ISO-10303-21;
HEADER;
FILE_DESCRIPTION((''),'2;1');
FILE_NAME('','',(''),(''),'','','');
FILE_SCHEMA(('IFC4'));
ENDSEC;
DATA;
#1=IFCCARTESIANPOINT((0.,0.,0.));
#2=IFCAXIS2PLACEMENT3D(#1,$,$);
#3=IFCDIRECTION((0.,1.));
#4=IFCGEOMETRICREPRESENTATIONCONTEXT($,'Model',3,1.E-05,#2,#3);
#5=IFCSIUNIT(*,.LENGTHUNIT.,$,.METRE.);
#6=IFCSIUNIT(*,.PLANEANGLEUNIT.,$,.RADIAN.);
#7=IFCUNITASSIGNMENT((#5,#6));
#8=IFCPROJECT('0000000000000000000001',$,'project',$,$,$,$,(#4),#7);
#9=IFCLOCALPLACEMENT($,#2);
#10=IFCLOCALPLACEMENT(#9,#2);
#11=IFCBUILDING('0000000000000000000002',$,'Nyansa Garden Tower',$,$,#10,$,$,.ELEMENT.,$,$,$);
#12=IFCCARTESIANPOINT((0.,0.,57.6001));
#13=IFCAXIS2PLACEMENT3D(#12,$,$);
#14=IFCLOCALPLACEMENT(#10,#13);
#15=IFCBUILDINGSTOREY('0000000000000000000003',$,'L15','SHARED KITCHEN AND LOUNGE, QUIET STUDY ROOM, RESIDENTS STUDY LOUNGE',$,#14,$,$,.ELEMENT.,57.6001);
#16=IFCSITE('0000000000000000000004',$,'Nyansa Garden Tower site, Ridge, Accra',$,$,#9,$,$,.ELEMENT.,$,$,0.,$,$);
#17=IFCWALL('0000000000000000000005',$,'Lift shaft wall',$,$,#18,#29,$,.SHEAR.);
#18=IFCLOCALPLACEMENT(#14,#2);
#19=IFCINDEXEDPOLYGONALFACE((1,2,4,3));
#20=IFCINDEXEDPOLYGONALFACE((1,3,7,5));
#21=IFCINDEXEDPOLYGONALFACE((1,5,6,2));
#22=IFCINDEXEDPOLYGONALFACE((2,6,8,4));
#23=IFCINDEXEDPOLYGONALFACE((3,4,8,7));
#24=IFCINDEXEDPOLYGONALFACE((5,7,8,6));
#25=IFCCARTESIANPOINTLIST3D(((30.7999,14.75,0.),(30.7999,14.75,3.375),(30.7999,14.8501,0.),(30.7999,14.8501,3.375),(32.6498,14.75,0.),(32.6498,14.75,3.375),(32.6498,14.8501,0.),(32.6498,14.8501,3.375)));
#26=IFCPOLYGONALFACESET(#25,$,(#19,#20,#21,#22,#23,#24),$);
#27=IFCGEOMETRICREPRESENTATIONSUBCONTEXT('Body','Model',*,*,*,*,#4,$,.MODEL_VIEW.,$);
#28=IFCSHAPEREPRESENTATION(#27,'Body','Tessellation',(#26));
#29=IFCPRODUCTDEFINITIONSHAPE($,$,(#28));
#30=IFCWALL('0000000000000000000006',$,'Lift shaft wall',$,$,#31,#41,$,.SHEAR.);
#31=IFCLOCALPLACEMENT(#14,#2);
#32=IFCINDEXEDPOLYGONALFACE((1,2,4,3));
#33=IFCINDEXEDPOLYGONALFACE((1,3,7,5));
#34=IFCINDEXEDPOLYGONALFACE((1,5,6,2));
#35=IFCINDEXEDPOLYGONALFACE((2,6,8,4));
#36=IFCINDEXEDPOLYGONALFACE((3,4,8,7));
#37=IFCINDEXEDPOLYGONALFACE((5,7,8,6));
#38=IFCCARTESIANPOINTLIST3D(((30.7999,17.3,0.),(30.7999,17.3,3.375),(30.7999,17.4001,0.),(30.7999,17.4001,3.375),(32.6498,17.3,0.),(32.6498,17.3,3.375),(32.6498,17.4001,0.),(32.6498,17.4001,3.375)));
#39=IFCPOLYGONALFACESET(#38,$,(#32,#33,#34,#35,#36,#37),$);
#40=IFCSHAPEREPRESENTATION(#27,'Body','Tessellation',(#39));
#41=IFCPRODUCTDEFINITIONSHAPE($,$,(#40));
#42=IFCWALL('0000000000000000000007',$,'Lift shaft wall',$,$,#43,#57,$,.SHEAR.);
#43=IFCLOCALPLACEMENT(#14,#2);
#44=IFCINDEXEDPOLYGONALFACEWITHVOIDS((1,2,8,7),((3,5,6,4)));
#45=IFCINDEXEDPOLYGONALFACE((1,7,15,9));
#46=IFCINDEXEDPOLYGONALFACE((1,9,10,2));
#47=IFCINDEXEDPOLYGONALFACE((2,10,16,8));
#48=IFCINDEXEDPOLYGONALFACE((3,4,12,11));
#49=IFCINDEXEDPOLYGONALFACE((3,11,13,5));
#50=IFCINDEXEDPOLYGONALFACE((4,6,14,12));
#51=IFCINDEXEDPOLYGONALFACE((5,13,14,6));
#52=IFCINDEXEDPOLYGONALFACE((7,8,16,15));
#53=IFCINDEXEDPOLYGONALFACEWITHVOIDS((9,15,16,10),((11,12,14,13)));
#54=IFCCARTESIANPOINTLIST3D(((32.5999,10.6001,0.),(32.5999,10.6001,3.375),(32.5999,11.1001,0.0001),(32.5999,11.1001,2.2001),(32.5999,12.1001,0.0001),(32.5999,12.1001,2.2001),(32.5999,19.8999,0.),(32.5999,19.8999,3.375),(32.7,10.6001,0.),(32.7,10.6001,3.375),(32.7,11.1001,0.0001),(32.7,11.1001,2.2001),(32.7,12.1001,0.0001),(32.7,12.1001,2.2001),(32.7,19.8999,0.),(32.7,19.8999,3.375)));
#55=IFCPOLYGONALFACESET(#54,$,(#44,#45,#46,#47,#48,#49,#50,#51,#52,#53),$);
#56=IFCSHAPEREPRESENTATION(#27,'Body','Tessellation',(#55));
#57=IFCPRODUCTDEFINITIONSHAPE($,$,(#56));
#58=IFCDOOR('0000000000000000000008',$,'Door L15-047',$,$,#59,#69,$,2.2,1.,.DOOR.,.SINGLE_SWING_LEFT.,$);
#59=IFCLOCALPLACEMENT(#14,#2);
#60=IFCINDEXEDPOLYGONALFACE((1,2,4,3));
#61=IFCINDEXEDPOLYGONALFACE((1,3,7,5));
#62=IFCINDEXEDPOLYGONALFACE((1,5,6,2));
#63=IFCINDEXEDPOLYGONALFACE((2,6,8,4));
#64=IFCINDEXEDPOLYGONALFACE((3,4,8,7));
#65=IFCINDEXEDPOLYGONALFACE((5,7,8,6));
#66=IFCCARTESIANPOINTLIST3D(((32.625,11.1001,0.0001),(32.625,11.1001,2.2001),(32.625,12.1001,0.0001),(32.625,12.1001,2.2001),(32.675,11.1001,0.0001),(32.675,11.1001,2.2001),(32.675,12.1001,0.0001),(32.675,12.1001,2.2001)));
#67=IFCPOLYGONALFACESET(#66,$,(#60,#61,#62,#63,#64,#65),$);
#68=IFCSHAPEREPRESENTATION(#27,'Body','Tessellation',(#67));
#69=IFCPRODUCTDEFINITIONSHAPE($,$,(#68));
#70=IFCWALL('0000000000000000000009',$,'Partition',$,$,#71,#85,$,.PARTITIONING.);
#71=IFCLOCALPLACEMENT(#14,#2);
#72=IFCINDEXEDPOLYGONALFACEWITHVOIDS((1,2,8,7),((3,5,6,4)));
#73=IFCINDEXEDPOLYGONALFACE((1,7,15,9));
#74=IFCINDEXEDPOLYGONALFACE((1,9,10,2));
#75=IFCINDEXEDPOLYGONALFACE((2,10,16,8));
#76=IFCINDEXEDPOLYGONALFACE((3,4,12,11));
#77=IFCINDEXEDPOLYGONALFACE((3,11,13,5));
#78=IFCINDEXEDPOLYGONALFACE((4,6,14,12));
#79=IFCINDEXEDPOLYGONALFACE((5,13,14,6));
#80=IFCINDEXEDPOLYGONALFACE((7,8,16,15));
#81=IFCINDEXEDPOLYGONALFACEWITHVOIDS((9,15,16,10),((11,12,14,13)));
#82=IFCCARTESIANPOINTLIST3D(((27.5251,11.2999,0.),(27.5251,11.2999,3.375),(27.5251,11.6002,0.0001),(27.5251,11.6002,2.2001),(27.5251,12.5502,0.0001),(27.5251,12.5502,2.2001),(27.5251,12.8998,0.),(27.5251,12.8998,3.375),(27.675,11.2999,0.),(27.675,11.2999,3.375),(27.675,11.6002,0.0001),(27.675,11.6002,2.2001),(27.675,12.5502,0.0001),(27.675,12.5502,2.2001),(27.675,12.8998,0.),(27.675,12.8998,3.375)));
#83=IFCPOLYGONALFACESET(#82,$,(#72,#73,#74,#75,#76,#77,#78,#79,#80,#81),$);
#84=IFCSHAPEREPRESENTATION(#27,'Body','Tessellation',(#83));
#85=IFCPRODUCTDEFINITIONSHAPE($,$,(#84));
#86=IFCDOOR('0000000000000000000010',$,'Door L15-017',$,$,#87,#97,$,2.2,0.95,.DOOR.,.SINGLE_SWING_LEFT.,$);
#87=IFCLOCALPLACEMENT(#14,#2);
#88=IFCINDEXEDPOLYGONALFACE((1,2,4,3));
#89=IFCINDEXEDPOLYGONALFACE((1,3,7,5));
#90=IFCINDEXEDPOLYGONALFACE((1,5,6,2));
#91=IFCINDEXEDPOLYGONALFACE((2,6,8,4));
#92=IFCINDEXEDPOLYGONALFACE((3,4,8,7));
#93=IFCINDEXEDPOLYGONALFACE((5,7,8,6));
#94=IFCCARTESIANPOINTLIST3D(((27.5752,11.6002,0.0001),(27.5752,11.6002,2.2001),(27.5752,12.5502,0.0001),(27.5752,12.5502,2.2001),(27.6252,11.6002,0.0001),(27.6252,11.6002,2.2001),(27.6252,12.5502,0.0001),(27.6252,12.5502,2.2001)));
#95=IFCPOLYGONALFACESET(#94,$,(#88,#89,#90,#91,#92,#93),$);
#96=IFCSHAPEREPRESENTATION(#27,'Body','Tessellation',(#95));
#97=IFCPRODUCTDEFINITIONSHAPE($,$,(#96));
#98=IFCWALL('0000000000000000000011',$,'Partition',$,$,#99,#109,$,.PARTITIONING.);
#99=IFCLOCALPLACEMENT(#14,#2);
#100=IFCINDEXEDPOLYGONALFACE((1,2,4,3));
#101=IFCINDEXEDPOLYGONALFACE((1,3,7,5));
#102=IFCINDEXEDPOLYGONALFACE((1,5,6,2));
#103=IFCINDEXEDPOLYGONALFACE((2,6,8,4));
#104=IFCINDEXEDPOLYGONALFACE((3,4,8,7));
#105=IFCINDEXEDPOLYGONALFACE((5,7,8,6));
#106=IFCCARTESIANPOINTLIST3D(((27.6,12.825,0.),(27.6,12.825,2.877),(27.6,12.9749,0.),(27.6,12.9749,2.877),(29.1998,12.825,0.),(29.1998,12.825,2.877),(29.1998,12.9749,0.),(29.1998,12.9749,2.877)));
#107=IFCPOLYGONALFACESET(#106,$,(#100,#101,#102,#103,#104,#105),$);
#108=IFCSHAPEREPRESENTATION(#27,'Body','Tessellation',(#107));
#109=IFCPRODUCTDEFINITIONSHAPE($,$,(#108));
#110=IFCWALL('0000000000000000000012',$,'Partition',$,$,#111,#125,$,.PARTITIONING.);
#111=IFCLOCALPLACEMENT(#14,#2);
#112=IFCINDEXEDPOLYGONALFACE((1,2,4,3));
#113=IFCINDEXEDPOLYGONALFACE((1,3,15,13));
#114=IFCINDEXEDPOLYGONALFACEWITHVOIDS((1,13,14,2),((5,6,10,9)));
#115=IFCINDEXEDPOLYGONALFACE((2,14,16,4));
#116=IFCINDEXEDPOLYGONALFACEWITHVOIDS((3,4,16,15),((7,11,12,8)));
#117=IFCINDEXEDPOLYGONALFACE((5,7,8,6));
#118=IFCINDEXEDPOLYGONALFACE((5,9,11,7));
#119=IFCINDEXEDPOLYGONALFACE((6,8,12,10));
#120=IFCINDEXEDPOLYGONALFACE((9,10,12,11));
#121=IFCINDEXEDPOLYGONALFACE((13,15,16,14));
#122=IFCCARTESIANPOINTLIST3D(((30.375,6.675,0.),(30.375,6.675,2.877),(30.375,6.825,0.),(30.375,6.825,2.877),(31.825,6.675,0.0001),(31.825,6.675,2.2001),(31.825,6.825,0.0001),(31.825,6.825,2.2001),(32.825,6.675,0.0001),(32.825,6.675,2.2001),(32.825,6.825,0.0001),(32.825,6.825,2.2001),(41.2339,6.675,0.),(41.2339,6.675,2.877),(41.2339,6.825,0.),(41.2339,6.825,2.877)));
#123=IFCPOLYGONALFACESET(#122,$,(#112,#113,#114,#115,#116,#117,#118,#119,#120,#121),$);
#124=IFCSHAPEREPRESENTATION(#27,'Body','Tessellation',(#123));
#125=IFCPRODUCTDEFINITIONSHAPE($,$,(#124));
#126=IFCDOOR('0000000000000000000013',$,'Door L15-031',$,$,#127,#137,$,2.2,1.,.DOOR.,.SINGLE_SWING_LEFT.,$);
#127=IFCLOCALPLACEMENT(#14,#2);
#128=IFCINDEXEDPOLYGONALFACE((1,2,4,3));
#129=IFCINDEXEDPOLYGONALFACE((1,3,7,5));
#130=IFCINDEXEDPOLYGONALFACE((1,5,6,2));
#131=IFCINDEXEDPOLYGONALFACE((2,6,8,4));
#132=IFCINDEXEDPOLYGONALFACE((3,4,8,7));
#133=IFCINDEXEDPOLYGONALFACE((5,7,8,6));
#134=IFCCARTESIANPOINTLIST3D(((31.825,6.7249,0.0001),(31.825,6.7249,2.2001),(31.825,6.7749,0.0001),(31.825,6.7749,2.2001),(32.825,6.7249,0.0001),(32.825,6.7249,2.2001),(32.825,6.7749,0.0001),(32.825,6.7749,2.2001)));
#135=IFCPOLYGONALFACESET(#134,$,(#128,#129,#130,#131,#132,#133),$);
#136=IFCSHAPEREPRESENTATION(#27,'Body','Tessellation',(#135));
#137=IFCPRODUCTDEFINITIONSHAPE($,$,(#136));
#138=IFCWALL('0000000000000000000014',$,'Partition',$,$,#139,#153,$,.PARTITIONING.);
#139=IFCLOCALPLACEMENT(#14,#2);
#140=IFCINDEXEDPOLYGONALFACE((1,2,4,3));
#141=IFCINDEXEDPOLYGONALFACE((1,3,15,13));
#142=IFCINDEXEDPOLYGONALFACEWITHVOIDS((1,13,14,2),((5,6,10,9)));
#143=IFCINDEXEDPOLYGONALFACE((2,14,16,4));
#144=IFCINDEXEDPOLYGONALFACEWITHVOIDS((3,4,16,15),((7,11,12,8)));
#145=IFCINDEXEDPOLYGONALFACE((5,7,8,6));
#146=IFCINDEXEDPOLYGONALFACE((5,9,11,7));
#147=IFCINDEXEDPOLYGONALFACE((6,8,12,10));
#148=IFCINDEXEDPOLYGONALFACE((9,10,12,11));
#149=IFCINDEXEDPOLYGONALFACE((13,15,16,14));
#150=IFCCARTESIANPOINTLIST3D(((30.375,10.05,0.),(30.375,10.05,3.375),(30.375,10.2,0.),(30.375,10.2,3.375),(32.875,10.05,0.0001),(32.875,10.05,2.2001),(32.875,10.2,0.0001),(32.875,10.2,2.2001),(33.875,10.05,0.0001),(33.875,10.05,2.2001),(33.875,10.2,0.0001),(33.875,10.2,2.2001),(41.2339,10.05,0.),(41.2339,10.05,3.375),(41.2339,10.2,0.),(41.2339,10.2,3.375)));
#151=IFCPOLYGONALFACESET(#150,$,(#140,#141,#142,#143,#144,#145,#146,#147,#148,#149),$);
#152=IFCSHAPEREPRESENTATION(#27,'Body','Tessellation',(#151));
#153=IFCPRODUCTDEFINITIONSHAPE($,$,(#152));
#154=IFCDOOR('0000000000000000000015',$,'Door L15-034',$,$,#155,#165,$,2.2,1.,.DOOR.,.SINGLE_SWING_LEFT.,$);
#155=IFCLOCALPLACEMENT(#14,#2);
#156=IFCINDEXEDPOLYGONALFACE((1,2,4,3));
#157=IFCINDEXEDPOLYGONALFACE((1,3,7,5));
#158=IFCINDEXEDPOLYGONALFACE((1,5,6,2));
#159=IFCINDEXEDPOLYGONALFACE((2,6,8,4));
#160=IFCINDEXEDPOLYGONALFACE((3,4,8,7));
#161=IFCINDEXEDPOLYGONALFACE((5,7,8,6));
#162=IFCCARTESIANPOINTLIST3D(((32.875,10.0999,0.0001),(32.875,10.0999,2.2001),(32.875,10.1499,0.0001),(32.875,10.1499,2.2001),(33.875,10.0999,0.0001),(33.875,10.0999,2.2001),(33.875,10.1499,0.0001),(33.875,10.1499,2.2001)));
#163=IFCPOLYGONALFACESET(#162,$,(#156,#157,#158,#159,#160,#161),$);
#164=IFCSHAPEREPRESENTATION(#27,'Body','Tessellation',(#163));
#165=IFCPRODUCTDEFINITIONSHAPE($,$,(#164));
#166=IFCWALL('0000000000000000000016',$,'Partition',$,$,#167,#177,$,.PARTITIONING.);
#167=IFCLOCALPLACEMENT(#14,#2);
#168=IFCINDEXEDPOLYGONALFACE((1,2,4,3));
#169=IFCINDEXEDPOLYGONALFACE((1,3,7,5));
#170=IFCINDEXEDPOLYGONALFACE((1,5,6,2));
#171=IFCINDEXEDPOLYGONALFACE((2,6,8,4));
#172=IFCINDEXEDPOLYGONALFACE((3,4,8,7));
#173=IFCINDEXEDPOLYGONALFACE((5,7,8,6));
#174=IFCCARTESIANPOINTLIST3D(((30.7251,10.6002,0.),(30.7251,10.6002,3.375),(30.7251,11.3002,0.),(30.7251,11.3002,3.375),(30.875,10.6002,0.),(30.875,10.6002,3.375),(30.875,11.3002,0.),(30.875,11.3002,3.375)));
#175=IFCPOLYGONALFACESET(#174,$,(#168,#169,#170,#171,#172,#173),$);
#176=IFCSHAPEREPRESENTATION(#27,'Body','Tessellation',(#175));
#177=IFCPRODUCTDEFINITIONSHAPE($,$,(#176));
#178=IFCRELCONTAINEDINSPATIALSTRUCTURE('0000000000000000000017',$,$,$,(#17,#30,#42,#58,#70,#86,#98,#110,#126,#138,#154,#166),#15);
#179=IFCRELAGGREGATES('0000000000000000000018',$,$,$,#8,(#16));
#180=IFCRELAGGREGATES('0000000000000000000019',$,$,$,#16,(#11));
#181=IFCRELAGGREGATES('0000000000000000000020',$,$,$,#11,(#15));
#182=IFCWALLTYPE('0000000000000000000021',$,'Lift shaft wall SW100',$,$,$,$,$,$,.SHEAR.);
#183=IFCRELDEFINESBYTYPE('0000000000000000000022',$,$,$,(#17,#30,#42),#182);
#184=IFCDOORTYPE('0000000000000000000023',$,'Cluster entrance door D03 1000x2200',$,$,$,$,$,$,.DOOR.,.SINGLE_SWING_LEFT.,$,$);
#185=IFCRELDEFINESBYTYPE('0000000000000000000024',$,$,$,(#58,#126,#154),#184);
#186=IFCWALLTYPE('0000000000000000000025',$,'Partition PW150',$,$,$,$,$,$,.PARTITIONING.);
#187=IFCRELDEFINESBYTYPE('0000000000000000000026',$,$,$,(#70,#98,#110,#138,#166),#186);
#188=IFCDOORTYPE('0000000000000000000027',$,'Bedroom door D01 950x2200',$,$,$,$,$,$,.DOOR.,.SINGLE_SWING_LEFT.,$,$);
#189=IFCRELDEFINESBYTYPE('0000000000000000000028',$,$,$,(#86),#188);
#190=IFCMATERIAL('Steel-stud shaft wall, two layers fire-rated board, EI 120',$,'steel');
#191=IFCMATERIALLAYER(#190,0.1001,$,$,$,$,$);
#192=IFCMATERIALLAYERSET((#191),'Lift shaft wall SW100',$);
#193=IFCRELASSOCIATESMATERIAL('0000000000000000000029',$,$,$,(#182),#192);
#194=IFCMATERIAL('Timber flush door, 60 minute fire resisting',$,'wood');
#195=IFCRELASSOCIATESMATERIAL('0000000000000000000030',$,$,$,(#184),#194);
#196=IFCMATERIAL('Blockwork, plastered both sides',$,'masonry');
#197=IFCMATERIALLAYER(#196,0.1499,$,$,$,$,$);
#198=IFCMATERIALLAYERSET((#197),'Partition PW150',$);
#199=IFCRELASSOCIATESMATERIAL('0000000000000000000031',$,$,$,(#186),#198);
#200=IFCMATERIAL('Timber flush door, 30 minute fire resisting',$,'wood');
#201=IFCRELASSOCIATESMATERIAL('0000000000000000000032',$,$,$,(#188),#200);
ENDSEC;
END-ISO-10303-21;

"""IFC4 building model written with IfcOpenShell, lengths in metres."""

from ifc_helpers import new_model, si_unit, direction, frame, frame_2d, origin, place, context, subcontext, project, spatial, rectangle, extrude, material, layer, layer_set, type_object, element, fill, save


model = new_model("IFC4")

# Units and contexts
model_context = context("Model", 3, precision=1e-05, world=origin(), true_north=direction((0.0, 1.0)))
body_context = subcontext(model_context, "Body", "Model", "MODEL_VIEW")
ifc_project = project(units=[si_unit("LENGTHUNIT", "METRE"), si_unit("PLANEANGLEUNIT", "RADIAN")], contexts=[model_context])

# Site, building, storey
site_placement = place(None, origin())
site = spatial("IfcSite", under=ifc_project, at=site_placement, Name="Nyansa Garden Tower site, Ridge, Accra", CompositionType="ELEMENT", RefElevation=0.0)
building_placement = place(site_placement, origin())
building = spatial("IfcBuilding", under=site, at=building_placement, Name="Nyansa Garden Tower", CompositionType="ELEMENT")
storey_placement = place(building_placement, frame((0.0, 0.0, 57.6001)))
storey = spatial("IfcBuildingStorey", under=building, at=storey_placement, Name="L15", Description="SHARED KITCHEN AND LOUNGE, QUIET STUDY ROOM, RESIDENTS STUDY LOUNGE", CompositionType="ELEMENT", Elevation=57.6001)

# Walls
ifc_material_1 = material(Name="Steel-stud shaft wall, two layers fire-rated board, EI 120", Category="steel")
ifc_layer_1 = layer(ifc_material_1, 0.1001)
ifc_layer_set_1 = layer_set([ifc_layer_1], Name="Lift shaft wall SW100")
wall_type_1 = type_object("IfcWallType", Name="Lift shaft wall SW100", PredefinedType="SHEAR", material=ifc_layer_set_1)
for number, where, z_axis, x_axis, name in (
    (1, (30.8, 14.8, 0.0), (0.0, 0.0, 1.0), (1.0, 0.0, 0.0), "Lift shaft wall"),
    (2, (30.8, 17.3501, 0.0), (0.0, 0.0, 1.0), (1.0, 0.0, 0.0), "Lift shaft wall"),
):
    element("IfcWall", number, at=place(storey_placement, frame(where, z_axis=z_axis, x_axis=x_axis)), inside=storey, type_object=wall_type_1, Name=name, PredefinedType="SHEAR", context=body_context, shape_type="SweptSolid", body=[
        extrude(rectangle(XDim=1.8499, YDim=0.1001, at=frame_2d((0.9248, 0.0))), origin(), (0.0, 0.0, 1.0), 3.375),
    ])

# Walls, openings, doors
wall_1_placement = place(storey_placement, frame((32.6499, 10.6001, 0.0), z_axis=(0.0, 0.0, 1.0), x_axis=(0.0, 1.0, 0.0)))
wall_1 = element("IfcWall", 3, at=wall_1_placement, inside=storey, type_object=wall_type_1, Name="Lift shaft wall", PredefinedType="SHEAR", context=body_context, shape_type="SweptSolid", body=[
    extrude(rectangle(XDim=9.2998, YDim=0.1001, at=frame_2d((4.6499, 0.0))), origin(), (0.0, 0.0, 1.0), 3.375),
])
opening_1_placement = place(wall_1_placement, frame((0.5, 0.0, 0.0)))
opening_1 = element("IfcOpeningElement", 4, at=opening_1_placement, cuts=wall_1, PredefinedType="OPENING", context=body_context, shape_type="SweptSolid", body=[
    extrude(rectangle(XDim=1.0, YDim=2.2, at=frame_2d((0.5, 1.1001))), frame((0.0, 0.0601, 0.0), z_axis=(0.0, -1.0, 0.0), x_axis=(1.0, 0.0, 0.0)), (0.0, 0.0, 1.0), 0.1201),
])
ifc_material_2 = material(Name="Timber flush door, 60 minute fire resisting", Category="wood")
door_type_1 = type_object("IfcDoorType", Name="Cluster entrance door D03 1000x2200", OperationType="SINGLE_SWING_LEFT", PredefinedType="DOOR", material=ifc_material_2)
door_1_placement = place(opening_1_placement, origin())
door_1 = element("IfcDoor", 5, at=door_1_placement, inside=storey, type_object=door_type_1, Name="Door L15-047", OperationType="SINGLE_SWING_LEFT", OverallHeight=2.2, OverallWidth=1.0, PredefinedType="DOOR", context=body_context, shape_type="SweptSolid", body=[
    extrude(rectangle(XDim=1.0, YDim=2.2, at=frame_2d((0.5, 1.1001))), frame((0.0, 0.0249, 0.0), z_axis=(0.0, -1.0, 0.0), x_axis=(1.0, 0.0, 0.0)), (0.0, 0.0, 1.0), 0.05),
])
fill(opening_1, door_1)
ifc_material_3 = material(Name="Blockwork, plastered both sides", Category="masonry")
ifc_layer_2 = layer(ifc_material_3, 0.1499)
ifc_layer_set_2 = layer_set([ifc_layer_2], Name="Partition PW150")
wall_type_2 = type_object("IfcWallType", Name="Partition PW150", PredefinedType="PARTITIONING", material=ifc_layer_set_2)
wall_2_placement = place(storey_placement, frame((27.6001, 11.3, 0.0), z_axis=(0.0, 0.0, 1.0), x_axis=(0.0, 1.0, 0.0)))
wall_2 = element("IfcWall", 6, at=wall_2_placement, inside=storey, type_object=wall_type_2, Name="Partition", PredefinedType="PARTITIONING", context=body_context, shape_type="SweptSolid", body=[
    extrude(rectangle(XDim=1.5999, YDim=0.1499, at=frame_2d((0.7998, 0.0))), origin(), (0.0, 0.0, 1.0), 3.375),
])
opening_2_placement = place(wall_2_placement, frame((0.3, 0.0, 0.0)))
opening_2 = element("IfcOpeningElement", 7, at=opening_2_placement, cuts=wall_2, PredefinedType="OPENING", context=body_context, shape_type="SweptSolid", body=[
    extrude(rectangle(XDim=0.95, YDim=2.2, at=frame_2d((0.4751, 1.1001))), frame((0.0, 0.085, 0.0), z_axis=(0.0, -1.0, 0.0), x_axis=(1.0, 0.0, 0.0)), (0.0, 0.0, 1.0), 0.1699),
])
ifc_material_4 = material(Name="Timber flush door, 30 minute fire resisting", Category="wood")
door_type_2 = type_object("IfcDoorType", Name="Bedroom door D01 950x2200", OperationType="SINGLE_SWING_LEFT", PredefinedType="DOOR", material=ifc_material_4)
door_2_placement = place(opening_2_placement, origin())
door_2 = element("IfcDoor", 8, at=door_2_placement, inside=storey, type_object=door_type_2, Name="Door L15-017", OperationType="SINGLE_SWING_LEFT", OverallHeight=2.2, OverallWidth=0.95, PredefinedType="DOOR", context=body_context, shape_type="SweptSolid", body=[
    extrude(rectangle(XDim=0.95, YDim=2.2, at=frame_2d((0.4751, 1.1001))), frame((0.0, 0.0249, 0.0), z_axis=(0.0, -1.0, 0.0), x_axis=(1.0, 0.0, 0.0)), (0.0, 0.0, 1.0), 0.05),
])
fill(opening_2, door_2)

# Wall
wall_3_placement = place(storey_placement, frame((27.6001, 12.8999, 0.0), z_axis=(0.0, 0.0, 1.0), x_axis=(1.0, 0.0, 0.0)))
element("IfcWall", 9, at=wall_3_placement, inside=storey, type_object=wall_type_2, Name="Partition", PredefinedType="PARTITIONING", context=body_context, shape_type="SweptSolid", body=[
    extrude(rectangle(XDim=1.5999, YDim=0.1499, at=frame_2d((0.7998, 0.0))), origin(), (0.0, 0.0, 1.0), 2.877),
])

# Walls, openings, doors
wall_4_placement = place(storey_placement, frame((30.375, 6.75, 0.0), z_axis=(0.0, 0.0, 1.0), x_axis=(1.0, 0.0, 0.0)))
wall_4 = element("IfcWall", 10, at=wall_4_placement, inside=storey, type_object=wall_type_2, Name="Partition", PredefinedType="PARTITIONING", context=body_context, shape_type="SweptSolid", body=[
    extrude(rectangle(XDim=10.8589, YDim=0.1499, at=frame_2d((5.4294, 0.0))), origin(), (0.0, 0.0, 1.0), 2.877),
])
opening_3_placement = place(wall_4_placement, frame((1.45, 0.0, 0.0)))
opening_3 = element("IfcOpeningElement", 11, at=opening_3_placement, cuts=wall_4, PredefinedType="OPENING", context=body_context, shape_type="SweptSolid", body=[
    extrude(rectangle(XDim=1.0, YDim=2.2, at=frame_2d((0.5, 1.1001))), frame((0.0, 0.085, 0.0), z_axis=(0.0, -1.0, 0.0), x_axis=(1.0, 0.0, 0.0)), (0.0, 0.0, 1.0), 0.1699),
])
door_3_placement = place(opening_3_placement, origin())
door_3 = element("IfcDoor", 12, at=door_3_placement, inside=storey, type_object=door_type_1, Name="Door L15-031", OperationType="SINGLE_SWING_LEFT", OverallHeight=2.2, OverallWidth=1.0, PredefinedType="DOOR", context=body_context, shape_type="SweptSolid", body=[
    extrude(rectangle(XDim=1.0, YDim=2.2, at=frame_2d((0.5, 1.1001))), frame((0.0, 0.0249, 0.0), z_axis=(0.0, -1.0, 0.0), x_axis=(1.0, 0.0, 0.0)), (0.0, 0.0, 1.0), 0.05),
])
fill(opening_3, door_3)
wall_5_placement = place(storey_placement, frame((30.375, 10.125, 0.0), z_axis=(0.0, 0.0, 1.0), x_axis=(1.0, 0.0, 0.0)))
wall_5 = element("IfcWall", 13, at=wall_5_placement, inside=storey, type_object=wall_type_2, Name="Partition", PredefinedType="PARTITIONING", context=body_context, shape_type="SweptSolid", body=[
    extrude(rectangle(XDim=10.8589, YDim=0.1499, at=frame_2d((5.4294, 0.0))), origin(), (0.0, 0.0, 1.0), 3.375),
])
opening_4_placement = place(wall_5_placement, frame((2.5, 0.0, 0.0)))
opening_4 = element("IfcOpeningElement", 14, at=opening_4_placement, cuts=wall_5, PredefinedType="OPENING", context=body_context, shape_type="SweptSolid", body=[
    extrude(rectangle(XDim=1.0, YDim=2.2, at=frame_2d((0.5, 1.1001))), frame((0.0, 0.085, 0.0), z_axis=(0.0, -1.0, 0.0), x_axis=(1.0, 0.0, 0.0)), (0.0, 0.0, 1.0), 0.1699),
])
door_4_placement = place(opening_4_placement, origin())
door_4 = element("IfcDoor", 15, at=door_4_placement, inside=storey, type_object=door_type_1, Name="Door L15-034", OperationType="SINGLE_SWING_LEFT", OverallHeight=2.2, OverallWidth=1.0, PredefinedType="DOOR", context=body_context, shape_type="SweptSolid", body=[
    extrude(rectangle(XDim=1.0, YDim=2.2, at=frame_2d((0.5, 1.1001))), frame((0.0, 0.0249, 0.0), z_axis=(0.0, -1.0, 0.0), x_axis=(1.0, 0.0, 0.0)), (0.0, 0.0, 1.0), 0.05),
])
fill(opening_4, door_4)

# Wall
wall_6_placement = place(storey_placement, frame((30.8, 10.6001, 0.0), z_axis=(0.0, 0.0, 1.0), x_axis=(0.0, 1.0, 0.0)))
element("IfcWall", 16, at=wall_6_placement, inside=storey, type_object=wall_type_2, Name="Partition", PredefinedType="PARTITIONING", context=body_context, shape_type="SweptSolid", body=[
    extrude(rectangle(XDim=0.7, YDim=0.1499, at=frame_2d((0.3501, 0.0))), origin(), (0.0, 0.0, 1.0), 3.375),
])

save(model, "model.ifc")
